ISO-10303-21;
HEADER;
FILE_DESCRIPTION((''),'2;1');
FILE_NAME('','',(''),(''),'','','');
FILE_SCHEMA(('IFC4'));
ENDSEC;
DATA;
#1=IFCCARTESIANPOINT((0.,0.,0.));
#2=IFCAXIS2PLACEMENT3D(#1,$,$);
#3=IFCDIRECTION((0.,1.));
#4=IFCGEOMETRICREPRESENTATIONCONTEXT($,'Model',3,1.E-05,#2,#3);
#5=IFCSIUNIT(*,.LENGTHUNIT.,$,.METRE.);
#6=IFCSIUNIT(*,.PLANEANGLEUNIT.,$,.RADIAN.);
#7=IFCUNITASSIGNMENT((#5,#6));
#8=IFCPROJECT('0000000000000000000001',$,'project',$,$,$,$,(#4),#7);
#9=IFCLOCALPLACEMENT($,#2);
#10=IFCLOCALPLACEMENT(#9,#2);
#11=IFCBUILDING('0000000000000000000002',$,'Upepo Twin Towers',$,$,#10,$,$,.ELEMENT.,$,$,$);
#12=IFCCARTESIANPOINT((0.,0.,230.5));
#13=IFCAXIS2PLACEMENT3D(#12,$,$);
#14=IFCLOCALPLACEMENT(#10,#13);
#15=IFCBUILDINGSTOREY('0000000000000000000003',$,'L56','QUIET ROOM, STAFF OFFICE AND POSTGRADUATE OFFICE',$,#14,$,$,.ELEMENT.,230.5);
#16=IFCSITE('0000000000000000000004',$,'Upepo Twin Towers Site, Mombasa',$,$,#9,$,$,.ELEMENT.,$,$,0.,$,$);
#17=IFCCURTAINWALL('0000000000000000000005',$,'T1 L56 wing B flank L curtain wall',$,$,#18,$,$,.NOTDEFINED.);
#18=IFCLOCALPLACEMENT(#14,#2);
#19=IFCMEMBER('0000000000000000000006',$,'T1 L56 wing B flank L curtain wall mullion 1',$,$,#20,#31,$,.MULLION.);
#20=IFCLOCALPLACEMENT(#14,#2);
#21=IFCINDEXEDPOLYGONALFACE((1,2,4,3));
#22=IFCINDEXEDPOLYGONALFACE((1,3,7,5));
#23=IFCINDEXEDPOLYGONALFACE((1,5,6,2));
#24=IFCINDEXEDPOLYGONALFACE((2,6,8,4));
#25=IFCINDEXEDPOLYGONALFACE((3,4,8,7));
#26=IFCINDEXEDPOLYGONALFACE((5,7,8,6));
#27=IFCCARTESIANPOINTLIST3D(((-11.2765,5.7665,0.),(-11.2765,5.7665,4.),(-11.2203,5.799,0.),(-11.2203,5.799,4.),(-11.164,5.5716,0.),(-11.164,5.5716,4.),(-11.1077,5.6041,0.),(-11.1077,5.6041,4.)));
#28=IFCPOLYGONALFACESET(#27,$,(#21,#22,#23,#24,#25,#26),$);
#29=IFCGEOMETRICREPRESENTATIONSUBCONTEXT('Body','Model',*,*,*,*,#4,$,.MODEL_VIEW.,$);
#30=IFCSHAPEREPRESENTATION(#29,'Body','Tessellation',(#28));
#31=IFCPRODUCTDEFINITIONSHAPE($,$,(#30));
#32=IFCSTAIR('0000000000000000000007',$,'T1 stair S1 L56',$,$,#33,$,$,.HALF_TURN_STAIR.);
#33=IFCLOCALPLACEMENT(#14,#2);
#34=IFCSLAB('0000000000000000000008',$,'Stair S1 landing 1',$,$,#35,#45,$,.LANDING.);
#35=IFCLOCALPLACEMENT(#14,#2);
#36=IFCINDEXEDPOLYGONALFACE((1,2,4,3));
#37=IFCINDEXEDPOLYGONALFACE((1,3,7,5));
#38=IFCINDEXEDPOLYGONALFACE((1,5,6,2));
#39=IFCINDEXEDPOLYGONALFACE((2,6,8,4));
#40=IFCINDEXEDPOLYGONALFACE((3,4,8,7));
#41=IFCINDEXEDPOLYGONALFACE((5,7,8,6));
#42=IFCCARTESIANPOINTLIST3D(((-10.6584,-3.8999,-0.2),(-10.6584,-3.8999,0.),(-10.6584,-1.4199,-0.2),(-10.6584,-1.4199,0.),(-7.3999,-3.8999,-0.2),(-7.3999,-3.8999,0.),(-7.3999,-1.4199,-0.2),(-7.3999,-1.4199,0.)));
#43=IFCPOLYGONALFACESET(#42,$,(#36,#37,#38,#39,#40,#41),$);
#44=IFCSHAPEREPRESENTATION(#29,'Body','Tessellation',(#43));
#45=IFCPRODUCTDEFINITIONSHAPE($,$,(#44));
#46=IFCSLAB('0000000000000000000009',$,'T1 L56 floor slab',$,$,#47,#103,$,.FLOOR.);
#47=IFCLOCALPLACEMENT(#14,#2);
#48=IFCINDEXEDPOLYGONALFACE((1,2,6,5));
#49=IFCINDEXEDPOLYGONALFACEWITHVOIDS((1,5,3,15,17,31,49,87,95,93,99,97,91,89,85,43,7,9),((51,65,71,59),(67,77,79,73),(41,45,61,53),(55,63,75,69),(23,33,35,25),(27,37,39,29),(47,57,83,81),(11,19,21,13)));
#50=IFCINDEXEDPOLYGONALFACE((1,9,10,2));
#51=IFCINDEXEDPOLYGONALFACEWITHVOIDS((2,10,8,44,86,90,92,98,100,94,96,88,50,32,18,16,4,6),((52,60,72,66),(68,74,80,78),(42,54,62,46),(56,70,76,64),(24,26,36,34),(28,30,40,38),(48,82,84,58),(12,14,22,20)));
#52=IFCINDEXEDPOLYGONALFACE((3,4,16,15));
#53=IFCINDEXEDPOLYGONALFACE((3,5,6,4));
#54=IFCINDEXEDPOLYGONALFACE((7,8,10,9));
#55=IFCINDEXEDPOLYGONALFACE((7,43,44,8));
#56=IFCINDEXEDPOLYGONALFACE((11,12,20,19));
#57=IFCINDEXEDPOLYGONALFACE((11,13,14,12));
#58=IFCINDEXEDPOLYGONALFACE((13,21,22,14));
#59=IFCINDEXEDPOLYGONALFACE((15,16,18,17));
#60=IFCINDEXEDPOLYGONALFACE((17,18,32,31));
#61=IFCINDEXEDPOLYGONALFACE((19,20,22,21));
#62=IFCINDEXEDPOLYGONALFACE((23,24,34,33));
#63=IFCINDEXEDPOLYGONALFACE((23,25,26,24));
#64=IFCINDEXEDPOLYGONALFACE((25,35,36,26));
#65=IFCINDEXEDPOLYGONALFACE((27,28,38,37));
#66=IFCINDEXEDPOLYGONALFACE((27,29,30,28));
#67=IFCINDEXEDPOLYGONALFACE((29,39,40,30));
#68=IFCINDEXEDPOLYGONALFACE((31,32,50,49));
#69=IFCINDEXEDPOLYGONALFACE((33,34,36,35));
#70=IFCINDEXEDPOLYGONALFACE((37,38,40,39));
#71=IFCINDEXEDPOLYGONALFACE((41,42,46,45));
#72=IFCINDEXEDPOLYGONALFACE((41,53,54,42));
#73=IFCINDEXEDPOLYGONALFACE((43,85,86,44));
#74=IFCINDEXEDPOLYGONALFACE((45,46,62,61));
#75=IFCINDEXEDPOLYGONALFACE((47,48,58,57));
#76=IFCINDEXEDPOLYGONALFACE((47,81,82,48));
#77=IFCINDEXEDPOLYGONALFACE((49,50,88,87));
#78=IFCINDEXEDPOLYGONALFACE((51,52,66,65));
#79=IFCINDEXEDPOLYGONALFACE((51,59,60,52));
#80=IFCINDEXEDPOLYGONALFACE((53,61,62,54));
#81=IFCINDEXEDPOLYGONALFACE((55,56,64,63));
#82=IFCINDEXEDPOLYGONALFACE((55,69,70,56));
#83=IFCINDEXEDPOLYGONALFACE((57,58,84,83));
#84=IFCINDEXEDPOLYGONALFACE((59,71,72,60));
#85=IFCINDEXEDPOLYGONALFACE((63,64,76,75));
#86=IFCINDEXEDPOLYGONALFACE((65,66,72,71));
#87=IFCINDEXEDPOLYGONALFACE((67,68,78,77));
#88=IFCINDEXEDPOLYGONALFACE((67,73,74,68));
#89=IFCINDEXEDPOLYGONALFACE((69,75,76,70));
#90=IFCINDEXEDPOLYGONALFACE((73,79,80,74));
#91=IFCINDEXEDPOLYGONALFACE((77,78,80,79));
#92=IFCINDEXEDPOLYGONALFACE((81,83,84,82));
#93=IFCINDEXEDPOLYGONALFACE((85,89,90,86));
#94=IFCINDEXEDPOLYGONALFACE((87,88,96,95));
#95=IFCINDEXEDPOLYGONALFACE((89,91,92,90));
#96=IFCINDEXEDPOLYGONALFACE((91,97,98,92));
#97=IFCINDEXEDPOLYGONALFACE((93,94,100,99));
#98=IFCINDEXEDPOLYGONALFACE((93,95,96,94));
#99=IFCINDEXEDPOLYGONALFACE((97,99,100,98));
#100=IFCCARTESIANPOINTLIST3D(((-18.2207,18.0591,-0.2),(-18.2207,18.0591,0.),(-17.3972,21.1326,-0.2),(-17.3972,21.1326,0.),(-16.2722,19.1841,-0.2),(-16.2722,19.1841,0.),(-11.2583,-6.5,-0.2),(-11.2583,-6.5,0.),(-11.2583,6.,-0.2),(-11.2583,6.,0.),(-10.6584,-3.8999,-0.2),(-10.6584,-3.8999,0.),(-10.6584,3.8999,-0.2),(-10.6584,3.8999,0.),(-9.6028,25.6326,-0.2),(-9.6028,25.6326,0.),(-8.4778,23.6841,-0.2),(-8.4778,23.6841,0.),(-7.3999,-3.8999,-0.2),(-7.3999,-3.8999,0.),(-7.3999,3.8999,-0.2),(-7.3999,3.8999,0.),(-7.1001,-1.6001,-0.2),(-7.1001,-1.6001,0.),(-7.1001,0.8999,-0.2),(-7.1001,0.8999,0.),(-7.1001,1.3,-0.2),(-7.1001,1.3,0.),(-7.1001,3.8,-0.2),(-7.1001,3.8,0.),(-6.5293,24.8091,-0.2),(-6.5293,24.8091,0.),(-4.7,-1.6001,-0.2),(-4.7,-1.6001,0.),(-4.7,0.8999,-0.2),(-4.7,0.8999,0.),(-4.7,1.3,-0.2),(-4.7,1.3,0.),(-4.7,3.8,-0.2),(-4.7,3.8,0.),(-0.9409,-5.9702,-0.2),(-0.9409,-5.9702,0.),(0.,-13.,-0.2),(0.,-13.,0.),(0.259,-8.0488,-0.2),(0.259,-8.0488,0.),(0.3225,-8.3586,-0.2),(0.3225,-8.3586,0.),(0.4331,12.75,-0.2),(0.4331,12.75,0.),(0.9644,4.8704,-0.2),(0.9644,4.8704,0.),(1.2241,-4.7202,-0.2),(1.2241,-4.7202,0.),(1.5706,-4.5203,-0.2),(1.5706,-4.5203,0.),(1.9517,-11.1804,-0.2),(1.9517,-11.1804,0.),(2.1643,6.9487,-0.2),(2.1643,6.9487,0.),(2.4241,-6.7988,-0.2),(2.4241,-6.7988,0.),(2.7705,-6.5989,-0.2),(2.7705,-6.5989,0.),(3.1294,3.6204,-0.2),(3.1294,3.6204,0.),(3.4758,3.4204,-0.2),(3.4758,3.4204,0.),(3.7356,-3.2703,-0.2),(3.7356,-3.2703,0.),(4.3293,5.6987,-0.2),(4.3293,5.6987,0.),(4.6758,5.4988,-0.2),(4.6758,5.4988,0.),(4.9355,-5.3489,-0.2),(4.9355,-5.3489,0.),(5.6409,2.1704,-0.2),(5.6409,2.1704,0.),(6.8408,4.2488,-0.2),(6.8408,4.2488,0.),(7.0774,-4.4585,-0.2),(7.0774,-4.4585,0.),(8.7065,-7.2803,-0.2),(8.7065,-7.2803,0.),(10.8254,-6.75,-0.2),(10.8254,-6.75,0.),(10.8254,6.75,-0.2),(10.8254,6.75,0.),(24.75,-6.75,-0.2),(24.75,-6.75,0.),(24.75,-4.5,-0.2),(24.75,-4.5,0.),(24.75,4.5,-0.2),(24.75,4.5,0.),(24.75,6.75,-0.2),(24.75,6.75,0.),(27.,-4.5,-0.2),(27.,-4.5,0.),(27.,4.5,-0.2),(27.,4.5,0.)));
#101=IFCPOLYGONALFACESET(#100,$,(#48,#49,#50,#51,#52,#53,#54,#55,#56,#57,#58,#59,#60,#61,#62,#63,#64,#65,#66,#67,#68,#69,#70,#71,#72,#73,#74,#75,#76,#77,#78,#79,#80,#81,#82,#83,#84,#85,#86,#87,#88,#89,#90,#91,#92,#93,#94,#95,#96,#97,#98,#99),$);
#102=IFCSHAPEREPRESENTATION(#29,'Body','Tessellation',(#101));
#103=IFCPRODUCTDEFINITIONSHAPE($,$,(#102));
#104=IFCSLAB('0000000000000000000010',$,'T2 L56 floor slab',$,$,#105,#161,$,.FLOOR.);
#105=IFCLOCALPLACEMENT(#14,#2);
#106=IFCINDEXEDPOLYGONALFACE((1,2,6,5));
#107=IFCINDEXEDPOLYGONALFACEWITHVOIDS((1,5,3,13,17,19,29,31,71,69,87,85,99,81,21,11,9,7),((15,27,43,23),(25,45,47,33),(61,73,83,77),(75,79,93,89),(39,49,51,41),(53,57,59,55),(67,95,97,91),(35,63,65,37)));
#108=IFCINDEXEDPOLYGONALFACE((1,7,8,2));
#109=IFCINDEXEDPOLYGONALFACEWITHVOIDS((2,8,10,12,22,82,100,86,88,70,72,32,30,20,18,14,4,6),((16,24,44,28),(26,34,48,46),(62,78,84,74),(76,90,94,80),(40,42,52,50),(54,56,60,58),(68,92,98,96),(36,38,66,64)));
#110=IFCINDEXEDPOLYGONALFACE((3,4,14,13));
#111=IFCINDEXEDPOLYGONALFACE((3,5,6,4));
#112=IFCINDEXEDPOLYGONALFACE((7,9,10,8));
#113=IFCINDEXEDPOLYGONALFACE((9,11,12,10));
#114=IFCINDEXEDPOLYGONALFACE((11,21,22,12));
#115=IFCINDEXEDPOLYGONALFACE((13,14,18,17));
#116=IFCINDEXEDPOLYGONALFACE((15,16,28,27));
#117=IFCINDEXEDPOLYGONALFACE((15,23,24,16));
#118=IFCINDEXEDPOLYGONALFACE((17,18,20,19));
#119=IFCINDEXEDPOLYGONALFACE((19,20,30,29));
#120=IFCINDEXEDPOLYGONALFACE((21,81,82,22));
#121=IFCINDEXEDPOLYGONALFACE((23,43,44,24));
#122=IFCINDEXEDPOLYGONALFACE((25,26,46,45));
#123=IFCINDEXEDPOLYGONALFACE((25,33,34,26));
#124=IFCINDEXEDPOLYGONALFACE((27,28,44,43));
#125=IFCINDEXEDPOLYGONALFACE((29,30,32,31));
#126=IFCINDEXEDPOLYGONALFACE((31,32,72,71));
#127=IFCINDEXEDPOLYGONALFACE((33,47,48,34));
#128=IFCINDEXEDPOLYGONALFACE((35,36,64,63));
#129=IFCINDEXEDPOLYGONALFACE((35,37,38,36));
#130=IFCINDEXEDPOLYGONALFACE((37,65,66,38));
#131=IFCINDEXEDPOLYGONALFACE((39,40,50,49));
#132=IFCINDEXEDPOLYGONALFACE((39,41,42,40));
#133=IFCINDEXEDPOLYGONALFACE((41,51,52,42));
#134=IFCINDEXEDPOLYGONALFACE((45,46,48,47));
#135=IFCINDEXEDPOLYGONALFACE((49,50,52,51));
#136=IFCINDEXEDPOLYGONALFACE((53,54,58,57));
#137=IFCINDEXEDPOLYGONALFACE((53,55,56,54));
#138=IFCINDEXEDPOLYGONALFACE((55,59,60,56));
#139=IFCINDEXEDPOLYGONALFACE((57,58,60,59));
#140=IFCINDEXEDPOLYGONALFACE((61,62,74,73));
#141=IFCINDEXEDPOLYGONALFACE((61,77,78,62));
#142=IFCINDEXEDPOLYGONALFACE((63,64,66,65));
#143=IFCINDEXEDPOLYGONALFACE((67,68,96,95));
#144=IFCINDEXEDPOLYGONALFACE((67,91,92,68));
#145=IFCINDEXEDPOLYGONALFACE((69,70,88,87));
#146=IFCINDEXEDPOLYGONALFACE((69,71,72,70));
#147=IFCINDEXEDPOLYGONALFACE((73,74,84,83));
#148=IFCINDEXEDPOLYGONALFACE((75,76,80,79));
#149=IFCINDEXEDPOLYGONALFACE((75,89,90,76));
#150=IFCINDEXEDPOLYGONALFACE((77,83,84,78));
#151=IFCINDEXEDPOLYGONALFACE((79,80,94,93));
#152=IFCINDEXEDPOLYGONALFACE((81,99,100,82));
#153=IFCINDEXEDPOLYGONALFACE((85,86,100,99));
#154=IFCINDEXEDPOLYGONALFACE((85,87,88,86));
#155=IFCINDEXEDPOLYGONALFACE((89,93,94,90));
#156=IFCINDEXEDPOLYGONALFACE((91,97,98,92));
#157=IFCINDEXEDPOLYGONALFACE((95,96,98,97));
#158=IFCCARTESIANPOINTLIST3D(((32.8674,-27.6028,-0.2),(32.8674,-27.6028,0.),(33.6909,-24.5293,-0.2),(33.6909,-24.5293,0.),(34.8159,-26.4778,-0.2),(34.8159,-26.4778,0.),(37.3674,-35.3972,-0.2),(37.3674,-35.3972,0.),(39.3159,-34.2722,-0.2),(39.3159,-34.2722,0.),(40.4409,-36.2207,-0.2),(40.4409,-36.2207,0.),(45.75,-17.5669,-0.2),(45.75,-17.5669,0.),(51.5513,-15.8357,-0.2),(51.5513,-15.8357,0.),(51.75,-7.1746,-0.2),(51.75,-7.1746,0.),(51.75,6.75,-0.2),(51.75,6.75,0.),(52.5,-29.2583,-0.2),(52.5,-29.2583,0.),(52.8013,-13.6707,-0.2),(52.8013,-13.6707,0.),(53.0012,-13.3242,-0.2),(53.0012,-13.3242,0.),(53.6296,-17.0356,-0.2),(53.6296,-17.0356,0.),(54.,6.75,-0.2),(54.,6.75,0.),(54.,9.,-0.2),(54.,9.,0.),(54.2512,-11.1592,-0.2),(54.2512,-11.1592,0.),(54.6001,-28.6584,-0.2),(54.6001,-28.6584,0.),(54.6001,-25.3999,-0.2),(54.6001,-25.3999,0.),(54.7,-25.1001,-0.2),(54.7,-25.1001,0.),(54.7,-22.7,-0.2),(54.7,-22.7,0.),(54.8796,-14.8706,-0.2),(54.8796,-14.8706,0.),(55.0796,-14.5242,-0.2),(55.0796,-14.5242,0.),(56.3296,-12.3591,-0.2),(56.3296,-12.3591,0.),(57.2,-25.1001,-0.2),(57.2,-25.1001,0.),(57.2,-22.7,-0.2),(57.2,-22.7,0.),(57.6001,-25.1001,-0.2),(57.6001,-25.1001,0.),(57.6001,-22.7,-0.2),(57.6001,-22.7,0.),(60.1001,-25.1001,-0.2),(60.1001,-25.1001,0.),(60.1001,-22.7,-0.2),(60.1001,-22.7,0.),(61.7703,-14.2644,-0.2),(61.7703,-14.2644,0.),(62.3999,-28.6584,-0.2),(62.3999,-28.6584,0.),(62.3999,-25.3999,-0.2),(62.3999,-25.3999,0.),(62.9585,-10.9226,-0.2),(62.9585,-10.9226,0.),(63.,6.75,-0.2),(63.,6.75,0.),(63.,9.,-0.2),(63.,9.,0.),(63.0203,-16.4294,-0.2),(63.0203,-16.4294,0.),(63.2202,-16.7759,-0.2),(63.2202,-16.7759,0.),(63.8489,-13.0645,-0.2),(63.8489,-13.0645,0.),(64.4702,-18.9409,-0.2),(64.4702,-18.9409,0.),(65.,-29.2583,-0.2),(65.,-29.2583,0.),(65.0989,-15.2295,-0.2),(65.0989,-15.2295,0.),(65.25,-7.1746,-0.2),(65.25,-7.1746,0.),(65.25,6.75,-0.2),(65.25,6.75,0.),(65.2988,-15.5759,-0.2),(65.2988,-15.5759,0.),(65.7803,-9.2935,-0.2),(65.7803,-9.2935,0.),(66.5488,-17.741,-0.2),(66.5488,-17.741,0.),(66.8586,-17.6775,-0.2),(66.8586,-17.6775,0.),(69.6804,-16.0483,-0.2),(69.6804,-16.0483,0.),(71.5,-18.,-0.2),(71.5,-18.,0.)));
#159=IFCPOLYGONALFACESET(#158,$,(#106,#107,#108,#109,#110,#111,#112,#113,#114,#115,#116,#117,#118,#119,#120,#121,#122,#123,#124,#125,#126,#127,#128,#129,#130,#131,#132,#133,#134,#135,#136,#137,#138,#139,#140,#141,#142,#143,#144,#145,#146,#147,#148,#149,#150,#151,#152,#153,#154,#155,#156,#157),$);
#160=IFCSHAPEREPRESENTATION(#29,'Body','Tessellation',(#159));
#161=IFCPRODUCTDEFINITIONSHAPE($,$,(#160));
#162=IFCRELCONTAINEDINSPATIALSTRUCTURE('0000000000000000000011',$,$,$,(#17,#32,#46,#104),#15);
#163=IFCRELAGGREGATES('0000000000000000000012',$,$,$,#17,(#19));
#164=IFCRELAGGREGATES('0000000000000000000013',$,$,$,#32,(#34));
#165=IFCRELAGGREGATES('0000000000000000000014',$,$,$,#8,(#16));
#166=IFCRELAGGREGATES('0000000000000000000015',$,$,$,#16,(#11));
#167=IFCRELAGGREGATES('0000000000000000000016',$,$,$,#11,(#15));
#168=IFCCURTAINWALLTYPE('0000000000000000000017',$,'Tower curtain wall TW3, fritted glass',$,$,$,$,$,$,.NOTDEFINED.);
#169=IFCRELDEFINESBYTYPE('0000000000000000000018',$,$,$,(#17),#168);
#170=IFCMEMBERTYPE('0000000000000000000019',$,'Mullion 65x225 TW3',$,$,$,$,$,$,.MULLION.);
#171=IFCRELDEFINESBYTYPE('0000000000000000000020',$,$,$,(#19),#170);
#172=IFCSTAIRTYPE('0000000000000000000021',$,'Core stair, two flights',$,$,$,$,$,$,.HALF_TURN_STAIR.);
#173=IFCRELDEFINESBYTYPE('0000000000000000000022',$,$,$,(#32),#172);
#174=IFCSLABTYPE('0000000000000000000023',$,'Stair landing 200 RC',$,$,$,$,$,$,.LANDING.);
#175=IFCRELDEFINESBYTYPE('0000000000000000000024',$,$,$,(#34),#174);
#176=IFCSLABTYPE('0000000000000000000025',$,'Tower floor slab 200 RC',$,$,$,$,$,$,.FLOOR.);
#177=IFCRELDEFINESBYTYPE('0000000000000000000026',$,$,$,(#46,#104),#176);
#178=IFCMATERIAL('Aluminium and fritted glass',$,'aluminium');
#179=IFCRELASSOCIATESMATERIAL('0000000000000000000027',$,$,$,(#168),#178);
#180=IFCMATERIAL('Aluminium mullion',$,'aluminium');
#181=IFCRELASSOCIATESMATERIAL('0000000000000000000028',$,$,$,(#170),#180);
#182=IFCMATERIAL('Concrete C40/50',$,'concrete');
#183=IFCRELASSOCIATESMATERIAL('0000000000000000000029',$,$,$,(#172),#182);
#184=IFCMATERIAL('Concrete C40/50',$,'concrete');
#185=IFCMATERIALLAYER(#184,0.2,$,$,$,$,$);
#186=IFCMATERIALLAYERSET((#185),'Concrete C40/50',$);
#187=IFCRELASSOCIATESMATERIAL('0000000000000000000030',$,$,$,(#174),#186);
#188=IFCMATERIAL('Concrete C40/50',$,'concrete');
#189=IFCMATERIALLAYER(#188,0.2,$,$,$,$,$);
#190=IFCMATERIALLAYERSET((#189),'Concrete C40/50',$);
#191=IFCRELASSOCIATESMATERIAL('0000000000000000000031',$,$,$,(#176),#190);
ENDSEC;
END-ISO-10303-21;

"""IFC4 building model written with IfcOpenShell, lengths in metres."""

from ifc_helpers import new_model, si_unit, direction, frame, origin, origin_2d, place, context, subcontext, project, spatial, polyline, rectangle, outline, extrude, material, layer, layer_set, material_profile, profile_set, type_object, element, aggregate, save


model = new_model("IFC4")

# Units and contexts
model_context = context("Model", 3, precision=1e-05, world=origin(), true_north=direction((0.0, 1.0)))
body_context = subcontext(model_context, "Body", "Model", "MODEL_VIEW")
ifc_project = project(units=[si_unit("LENGTHUNIT", "METRE"), si_unit("PLANEANGLEUNIT", "RADIAN")], contexts=[model_context])

# Site, building, storey
site_placement = place(None, origin())
site = spatial("IfcSite", under=ifc_project, at=site_placement, Name="Upepo Twin Towers Site, Mombasa", CompositionType="ELEMENT", RefElevation=0.0)
building_placement = place(site_placement, origin())
building = spatial("IfcBuilding", under=site, at=building_placement, Name="Upepo Twin Towers", CompositionType="ELEMENT")
storey_placement = place(building_placement, frame((0.0, 0.0, 230.5)))
storey = spatial("IfcBuildingStorey", under=building, at=storey_placement, Name="L56", Description="QUIET ROOM, STAFF OFFICE AND POSTGRADUATE OFFICE", CompositionType="ELEMENT", Elevation=230.5)

# Curtain wall, member
ifc_material_1 = material(Name="Aluminium and fritted glass", Category="aluminium")
curtain_wall_type = type_object("IfcCurtainWallType", Name="Tower curtain wall TW3, fritted glass", PredefinedType="NOTDEFINED", material=ifc_material_1)
curtain_wall_placement = place(storey_placement, origin())
curtain_wall = element("IfcCurtainWall", 1, at=curtain_wall_placement, inside=storey, type_object=curtain_wall_type, Name="T1 L56 wing B flank L curtain wall", PredefinedType="NOTDEFINED")
ifc_material_2 = material(Name="Aluminium mullion", Category="aluminium")
ifc_material_profile = material_profile(ifc_material_2, rectangle(XDim=0.0649, YDim=0.2251, at=origin_2d()), Name="MULLION 65x225")
ifc_profile_set = profile_set([ifc_material_profile], Name="Aluminium mullion")
member_type = type_object("IfcMemberType", Name="Mullion 65x225 TW3", PredefinedType="MULLION", material=ifc_profile_set)
member_placement = place(storey_placement, frame((-11.1921, 5.6853, 0.0), z_axis=(0.0, 0.0, 1.0), x_axis=(-0.866025, -0.5, 0.0)))
member = element("IfcMember", 2, at=member_placement, type_object=member_type, Name="T1 L56 wing B flank L curtain wall mullion 1", PredefinedType="MULLION", context=body_context, shape_type="SweptSolid", body=[
    extrude(rectangle(XDim=0.0649, YDim=0.2251, at=origin_2d()), origin(), (0.0, 0.0, 1.0), 4.0),
])
aggregate(curtain_wall, [member])

# Stair, slab
ifc_material_3 = material(Name="Concrete C40/50", Category="concrete")
stair_type = type_object("IfcStairType", Name="Core stair, two flights", PredefinedType="HALF_TURN_STAIR", material=ifc_material_3)
stair_placement = place(storey_placement, origin())
stair = element("IfcStair", 3, at=stair_placement, inside=storey, type_object=stair_type, Name="T1 stair S1 L56", PredefinedType="HALF_TURN_STAIR")
ifc_material_4 = material(Name="Concrete C40/50", Category="concrete")
ifc_layer_1 = layer(ifc_material_4, 0.2)
ifc_layer_set_1 = layer_set([ifc_layer_1], Name="Concrete C40/50")
slab_type_1 = type_object("IfcSlabType", Name="Stair landing 200 RC", PredefinedType="LANDING", material=ifc_layer_set_1)
slab_1_placement = place(storey_placement, frame((0.0, 0.0, -0.2)))
slab_1 = element("IfcSlab", 4, at=slab_1_placement, type_object=slab_type_1, Name="Stair S1 landing 1", PredefinedType="LANDING", context=body_context, shape_type="SweptSolid", body=[
    extrude(outline(polyline([(-7.3999, -1.4199), (-10.6584, -1.4199), (-10.6584, -3.8999), (-7.3999, -3.8999), (-7.3999, -1.4199)])), origin(), (0.0, 0.0, 1.0), 0.2),
])

# Slabs
ifc_material_5 = material(Name="Concrete C40/50", Category="concrete")
ifc_layer_2 = layer(ifc_material_5, 0.2)
ifc_layer_set_2 = layer_set([ifc_layer_2], Name="Concrete C40/50")
slab_type_2 = type_object("IfcSlabType", Name="Tower floor slab 200 RC", PredefinedType="FLOOR", material=ifc_layer_set_2)
slab_2_placement = place(storey_placement, frame((0.0, 0.0, -0.2)))
element("IfcSlab", 5, at=slab_2_placement, inside=storey, type_object=slab_type_2, Name="T1 L56 floor slab", PredefinedType="FLOOR", context=body_context, shape_type="SweptSolid", body=[
    extrude(outline(polyline([(10.8254, 6.75), (24.75, 6.75), (24.75, 4.5), (27.0, 4.5), (27.0, -4.5), (24.75, -4.5), (24.75, -6.75), (10.8254, -6.75), (0.0, -13.0), (-11.2583, -6.5), (-11.2583, 6.0), (-18.2207, 18.0591), (-16.2722, 19.1841), (-17.3972, 21.1326), (-9.6028, 25.6326), (-8.4778, 23.6841), (-6.5293, 24.8091), (0.4331, 12.75), (10.8254, 6.75)]), holes=[polyline([(5.6409, 2.1704), (6.8408, 4.2488), (4.6758, 5.4988), (3.4758, 3.4204), (5.6409, 2.1704)]), polyline([(3.1294, 3.6204), (4.3293, 5.6987), (2.1643, 6.9487), (0.9644, 4.8704), (3.1294, 3.6204)]), polyline([(-4.7, 3.8), (-7.1001, 3.8), (-7.1001, 1.3), (-4.7, 1.3), (-4.7, 3.8)]), polyline([(-4.7, 0.8999), (-7.1001, 0.8999), (-7.1001, -1.6001), (-4.7, -1.6001), (-4.7, 0.8999)]), polyline([(-7.3999, 3.8999), (-10.6584, 3.8999), (-10.6584, -3.8999), (-7.3999, -3.8999), (-7.3999, 3.8999)]), polyline([(-0.9409, -5.9702), (0.259, -8.0488), (2.4241, -6.7988), (1.2241, -4.7202), (-0.9409, -5.9702)]), polyline([(1.5706, -4.5203), (2.7705, -6.5989), (4.9355, -5.3489), (3.7356, -3.2703), (1.5706, -4.5203)]), polyline([(0.3225, -8.3586), (1.9517, -11.1804), (8.7065, -7.2803), (7.0774, -4.4585), (0.3225, -8.3586)])]), origin(), (0.0, 0.0, 1.0), 0.2),
])
slab_3_placement = place(storey_placement, frame((0.0, 0.0, -0.2)))
element("IfcSlab", 6, at=slab_3_placement, inside=storey, type_object=slab_type_2, Name="T2 L56 floor slab", PredefinedType="FLOOR", context=body_context, shape_type="SweptSolid", body=[
    extrude(outline(polyline([(51.75, -7.1746), (51.75, 6.75), (54.0, 6.75), (54.0, 9.0), (63.0, 9.0), (63.0, 6.75), (65.25, 6.75), (65.25, -7.1746), (71.5, -18.0), (65.0, -29.2583), (52.5, -29.2583), (40.4409, -36.2207), (39.3159, -34.2722), (37.3674, -35.3972), (32.8674, -27.6028), (34.8159, -26.4778), (33.6909, -24.5293), (45.75, -17.5669), (51.75, -7.1746)]), holes=[polyline([(56.3296, -12.3591), (54.2512, -11.1592), (53.0012, -13.3242), (55.0796, -14.5242), (56.3296, -12.3591)]), polyline([(54.8796, -14.8706), (52.8013, -13.6707), (51.5513, -15.8357), (53.6296, -17.0356), (54.8796, -14.8706)]), polyline([(54.7, -22.7), (54.7, -25.1001), (57.2, -25.1001), (57.2, -22.7), (54.7, -22.7)]), polyline([(57.6001, -22.7), (57.6001, -25.1001), (60.1001, -25.1001), (60.1001, -22.7), (57.6001, -22.7)]), polyline([(54.6001, -25.3999), (54.6001, -28.6584), (62.3999, -28.6584), (62.3999, -25.3999), (54.6001, -25.3999)]), polyline([(64.4702, -18.9409), (66.5488, -17.741), (65.2988, -15.5759), (63.2202, -16.7759), (64.4702, -18.9409)]), polyline([(63.0203, -16.4294), (65.0989, -15.2295), (63.8489, -13.0645), (61.7703, -14.2644), (63.0203, -16.4294)]), polyline([(66.8586, -17.6775), (69.6804, -16.0483), (65.7803, -9.2935), (62.9585, -10.9226), (66.8586, -17.6775)])]), origin(), (0.0, 0.0, 1.0), 0.2),
])

aggregate(stair, [slab_1])

save(model, "model.ifc")
